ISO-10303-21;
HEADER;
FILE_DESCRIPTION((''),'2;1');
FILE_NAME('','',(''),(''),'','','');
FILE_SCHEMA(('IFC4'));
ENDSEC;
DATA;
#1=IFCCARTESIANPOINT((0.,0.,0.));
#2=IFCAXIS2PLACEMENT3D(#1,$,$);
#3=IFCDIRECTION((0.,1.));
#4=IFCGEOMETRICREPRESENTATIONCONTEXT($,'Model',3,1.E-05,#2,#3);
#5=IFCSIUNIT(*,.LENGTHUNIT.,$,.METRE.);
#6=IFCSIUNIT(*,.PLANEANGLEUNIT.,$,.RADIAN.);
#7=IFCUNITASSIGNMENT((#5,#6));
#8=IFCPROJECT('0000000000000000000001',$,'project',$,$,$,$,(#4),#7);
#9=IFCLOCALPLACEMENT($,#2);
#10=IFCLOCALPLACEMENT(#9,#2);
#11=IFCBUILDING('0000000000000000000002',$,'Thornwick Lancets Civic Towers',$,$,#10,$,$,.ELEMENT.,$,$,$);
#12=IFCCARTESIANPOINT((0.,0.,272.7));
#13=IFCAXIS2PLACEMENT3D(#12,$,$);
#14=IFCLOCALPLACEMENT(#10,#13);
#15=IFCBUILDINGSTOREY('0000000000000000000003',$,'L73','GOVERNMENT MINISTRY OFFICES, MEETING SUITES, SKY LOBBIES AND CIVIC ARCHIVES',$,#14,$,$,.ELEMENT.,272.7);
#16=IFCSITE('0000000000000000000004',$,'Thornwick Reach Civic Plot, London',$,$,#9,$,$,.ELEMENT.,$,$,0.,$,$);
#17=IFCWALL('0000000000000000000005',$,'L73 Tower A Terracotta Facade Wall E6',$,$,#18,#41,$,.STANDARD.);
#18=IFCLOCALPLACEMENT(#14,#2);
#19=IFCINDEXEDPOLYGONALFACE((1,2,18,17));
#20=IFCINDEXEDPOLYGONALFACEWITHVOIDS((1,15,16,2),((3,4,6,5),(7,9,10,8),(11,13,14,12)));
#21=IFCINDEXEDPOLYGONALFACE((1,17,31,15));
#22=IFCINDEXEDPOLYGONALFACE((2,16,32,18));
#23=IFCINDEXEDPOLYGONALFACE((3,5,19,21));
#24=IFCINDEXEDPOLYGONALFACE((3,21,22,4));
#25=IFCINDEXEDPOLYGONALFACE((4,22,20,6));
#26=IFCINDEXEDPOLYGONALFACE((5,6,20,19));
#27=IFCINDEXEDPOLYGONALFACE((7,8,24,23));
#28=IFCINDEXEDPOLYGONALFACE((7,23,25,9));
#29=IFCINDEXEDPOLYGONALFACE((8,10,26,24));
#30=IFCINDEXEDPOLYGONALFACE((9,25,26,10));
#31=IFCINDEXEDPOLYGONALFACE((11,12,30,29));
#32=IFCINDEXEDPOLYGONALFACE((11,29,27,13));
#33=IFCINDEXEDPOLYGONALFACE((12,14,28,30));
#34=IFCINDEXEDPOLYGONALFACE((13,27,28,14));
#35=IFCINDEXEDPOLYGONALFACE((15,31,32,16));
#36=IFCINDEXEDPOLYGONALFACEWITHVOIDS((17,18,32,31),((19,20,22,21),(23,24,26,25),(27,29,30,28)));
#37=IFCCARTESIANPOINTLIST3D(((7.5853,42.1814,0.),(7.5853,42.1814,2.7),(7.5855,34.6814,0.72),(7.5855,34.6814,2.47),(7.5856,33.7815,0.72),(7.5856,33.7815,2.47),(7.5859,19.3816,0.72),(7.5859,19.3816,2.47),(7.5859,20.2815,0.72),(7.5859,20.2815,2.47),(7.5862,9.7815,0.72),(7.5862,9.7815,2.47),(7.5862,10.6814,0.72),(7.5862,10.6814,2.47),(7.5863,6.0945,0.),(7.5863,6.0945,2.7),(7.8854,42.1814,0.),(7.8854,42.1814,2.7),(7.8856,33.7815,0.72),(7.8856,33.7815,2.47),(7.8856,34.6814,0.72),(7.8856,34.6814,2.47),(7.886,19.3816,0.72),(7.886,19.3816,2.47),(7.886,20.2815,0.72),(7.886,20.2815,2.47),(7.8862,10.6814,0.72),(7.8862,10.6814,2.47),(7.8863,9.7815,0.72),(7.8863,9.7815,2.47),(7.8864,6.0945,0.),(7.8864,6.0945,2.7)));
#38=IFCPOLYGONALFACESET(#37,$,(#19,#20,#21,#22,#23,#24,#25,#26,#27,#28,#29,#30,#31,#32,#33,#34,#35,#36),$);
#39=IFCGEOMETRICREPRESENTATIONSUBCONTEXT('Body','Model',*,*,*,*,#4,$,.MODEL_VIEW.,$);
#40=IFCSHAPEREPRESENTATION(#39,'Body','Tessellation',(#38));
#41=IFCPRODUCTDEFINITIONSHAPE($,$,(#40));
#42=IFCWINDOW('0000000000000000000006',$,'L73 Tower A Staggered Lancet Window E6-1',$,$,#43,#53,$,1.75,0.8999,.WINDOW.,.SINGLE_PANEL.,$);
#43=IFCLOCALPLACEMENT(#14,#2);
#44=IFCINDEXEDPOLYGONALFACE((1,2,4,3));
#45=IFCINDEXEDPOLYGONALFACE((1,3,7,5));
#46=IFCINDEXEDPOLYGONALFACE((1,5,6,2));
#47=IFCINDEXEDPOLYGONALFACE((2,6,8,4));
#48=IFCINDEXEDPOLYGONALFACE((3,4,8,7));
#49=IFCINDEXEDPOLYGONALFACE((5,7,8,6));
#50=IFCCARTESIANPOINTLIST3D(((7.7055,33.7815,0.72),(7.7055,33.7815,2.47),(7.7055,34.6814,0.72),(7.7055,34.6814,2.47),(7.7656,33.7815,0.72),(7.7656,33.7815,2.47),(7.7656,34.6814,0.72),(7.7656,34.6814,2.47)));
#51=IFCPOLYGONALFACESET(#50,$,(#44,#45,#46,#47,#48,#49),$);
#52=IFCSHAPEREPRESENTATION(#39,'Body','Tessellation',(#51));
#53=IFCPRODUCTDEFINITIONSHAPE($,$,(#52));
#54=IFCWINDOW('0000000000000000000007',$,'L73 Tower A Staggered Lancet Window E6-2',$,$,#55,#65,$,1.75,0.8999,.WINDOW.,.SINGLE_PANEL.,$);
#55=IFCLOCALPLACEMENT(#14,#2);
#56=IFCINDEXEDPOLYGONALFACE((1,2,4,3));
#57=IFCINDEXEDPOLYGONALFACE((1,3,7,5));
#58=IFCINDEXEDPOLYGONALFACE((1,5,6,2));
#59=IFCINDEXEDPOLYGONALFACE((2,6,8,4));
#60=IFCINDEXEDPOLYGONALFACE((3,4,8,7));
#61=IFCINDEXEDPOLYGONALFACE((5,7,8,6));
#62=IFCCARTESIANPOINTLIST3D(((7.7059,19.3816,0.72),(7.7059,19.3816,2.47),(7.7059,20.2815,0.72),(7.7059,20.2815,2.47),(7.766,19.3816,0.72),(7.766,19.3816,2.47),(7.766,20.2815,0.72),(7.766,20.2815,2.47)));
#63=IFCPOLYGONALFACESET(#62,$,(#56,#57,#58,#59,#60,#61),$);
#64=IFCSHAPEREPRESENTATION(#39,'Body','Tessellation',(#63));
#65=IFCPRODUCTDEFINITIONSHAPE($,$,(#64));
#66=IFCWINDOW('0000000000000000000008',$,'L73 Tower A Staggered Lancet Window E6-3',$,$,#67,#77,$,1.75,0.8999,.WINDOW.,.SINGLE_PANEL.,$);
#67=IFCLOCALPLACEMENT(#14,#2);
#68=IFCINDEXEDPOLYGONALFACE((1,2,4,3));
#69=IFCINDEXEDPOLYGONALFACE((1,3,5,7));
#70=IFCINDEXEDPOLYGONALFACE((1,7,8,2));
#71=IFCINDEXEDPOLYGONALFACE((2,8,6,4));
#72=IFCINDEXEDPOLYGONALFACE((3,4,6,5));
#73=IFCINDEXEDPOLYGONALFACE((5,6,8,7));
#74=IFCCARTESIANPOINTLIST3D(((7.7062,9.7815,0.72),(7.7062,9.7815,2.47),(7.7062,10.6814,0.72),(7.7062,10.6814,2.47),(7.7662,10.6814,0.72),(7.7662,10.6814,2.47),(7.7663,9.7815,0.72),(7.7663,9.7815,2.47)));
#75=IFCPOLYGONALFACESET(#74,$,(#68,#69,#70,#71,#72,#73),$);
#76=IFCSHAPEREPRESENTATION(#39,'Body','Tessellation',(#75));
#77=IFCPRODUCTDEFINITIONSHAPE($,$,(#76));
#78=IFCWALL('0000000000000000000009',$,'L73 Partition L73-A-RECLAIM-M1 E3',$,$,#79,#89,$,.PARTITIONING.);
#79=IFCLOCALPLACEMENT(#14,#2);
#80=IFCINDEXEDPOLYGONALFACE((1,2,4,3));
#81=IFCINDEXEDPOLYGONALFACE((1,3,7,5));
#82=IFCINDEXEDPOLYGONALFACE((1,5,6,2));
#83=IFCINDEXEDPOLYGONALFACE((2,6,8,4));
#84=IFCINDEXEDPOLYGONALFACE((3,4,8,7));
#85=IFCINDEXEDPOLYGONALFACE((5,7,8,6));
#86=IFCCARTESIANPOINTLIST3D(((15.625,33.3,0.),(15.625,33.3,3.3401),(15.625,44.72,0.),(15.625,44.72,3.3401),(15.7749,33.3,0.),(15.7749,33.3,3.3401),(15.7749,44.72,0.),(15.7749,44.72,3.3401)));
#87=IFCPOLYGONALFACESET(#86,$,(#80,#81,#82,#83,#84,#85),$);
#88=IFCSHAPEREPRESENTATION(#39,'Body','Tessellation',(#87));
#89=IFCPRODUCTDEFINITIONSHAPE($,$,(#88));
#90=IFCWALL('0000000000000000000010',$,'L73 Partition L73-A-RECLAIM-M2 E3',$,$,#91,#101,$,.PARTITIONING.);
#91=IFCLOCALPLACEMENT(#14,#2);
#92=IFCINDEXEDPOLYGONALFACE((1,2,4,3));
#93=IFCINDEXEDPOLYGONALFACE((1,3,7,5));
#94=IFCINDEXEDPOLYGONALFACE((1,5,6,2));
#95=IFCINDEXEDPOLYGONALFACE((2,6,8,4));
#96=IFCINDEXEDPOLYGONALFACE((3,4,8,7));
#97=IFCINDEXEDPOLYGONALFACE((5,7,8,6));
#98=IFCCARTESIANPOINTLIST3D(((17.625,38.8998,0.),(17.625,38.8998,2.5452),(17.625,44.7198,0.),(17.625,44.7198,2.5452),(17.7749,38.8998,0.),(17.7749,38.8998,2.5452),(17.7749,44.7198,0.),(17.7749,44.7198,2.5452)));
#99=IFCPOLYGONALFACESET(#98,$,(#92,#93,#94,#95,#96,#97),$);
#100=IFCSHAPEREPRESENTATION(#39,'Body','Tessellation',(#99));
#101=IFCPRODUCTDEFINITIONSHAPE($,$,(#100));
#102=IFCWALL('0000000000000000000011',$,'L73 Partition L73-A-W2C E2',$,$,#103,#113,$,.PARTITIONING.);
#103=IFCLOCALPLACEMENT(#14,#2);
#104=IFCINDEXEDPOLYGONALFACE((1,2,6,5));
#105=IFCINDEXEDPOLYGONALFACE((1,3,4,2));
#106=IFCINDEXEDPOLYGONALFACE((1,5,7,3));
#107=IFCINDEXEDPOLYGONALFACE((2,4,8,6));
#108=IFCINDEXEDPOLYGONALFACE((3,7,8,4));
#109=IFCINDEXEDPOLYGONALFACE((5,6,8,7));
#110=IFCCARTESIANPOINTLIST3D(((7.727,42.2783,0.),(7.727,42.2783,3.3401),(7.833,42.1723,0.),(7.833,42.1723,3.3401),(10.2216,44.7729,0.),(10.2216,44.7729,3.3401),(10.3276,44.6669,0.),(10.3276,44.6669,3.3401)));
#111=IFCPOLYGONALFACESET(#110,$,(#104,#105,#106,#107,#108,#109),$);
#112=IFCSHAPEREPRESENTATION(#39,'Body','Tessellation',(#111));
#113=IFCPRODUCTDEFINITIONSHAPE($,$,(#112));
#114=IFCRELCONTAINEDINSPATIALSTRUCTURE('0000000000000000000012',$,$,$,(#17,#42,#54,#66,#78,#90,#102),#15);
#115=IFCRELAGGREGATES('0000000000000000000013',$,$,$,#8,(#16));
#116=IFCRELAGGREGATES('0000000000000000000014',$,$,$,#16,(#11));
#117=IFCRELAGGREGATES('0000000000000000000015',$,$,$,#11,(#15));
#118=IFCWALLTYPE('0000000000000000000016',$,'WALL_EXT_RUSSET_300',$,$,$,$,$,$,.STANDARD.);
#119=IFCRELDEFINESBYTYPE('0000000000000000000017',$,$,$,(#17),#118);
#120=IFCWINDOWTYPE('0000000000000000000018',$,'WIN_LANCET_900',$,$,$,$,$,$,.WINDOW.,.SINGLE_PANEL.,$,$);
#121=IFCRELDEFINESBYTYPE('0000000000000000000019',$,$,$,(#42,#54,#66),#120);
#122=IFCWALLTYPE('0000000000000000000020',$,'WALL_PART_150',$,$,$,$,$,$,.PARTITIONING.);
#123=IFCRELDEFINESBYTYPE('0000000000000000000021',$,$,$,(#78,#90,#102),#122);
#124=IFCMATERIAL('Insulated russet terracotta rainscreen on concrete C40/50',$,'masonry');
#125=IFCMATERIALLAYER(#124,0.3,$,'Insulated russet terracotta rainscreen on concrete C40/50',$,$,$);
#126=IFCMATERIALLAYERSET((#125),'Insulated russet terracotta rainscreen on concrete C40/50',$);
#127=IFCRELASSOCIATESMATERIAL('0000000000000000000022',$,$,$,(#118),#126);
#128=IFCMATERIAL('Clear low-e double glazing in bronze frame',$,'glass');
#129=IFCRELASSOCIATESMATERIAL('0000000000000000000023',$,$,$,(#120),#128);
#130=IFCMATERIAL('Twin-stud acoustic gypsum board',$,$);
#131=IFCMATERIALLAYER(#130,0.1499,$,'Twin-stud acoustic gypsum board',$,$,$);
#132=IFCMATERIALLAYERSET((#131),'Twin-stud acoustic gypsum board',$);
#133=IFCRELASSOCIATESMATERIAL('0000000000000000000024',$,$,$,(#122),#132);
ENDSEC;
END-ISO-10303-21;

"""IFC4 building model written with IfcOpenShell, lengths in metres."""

from ifc_helpers import new_model, si_unit, direction, frame, frame_2d, origin, place, context, subcontext, project, spatial, rectangle, extrude, material, layer, layer_set, type_object, element, fill, save


model = new_model("IFC4")

# Units and contexts
model_context = context("Model", 3, precision=1e-05, world=origin(), true_north=direction((0.0, 1.0)))
body_context = subcontext(model_context, "Body", "Model", "MODEL_VIEW")
ifc_project = project(units=[si_unit("LENGTHUNIT", "METRE"), si_unit("PLANEANGLEUNIT", "RADIAN")], contexts=[model_context])

# Site, building, storey
site_placement = place(None, origin())
site = spatial("IfcSite", under=ifc_project, at=site_placement, Name="Thornwick Reach Civic Plot, London", CompositionType="ELEMENT", RefElevation=0.0)
building_placement = place(site_placement, origin())
building = spatial("IfcBuilding", under=site, at=building_placement, Name="Thornwick Lancets Civic Towers", CompositionType="ELEMENT")
storey_placement = place(building_placement, frame((0.0, 0.0, 272.7)))
storey = spatial("IfcBuildingStorey", under=building, at=storey_placement, Name="L73", Description="GOVERNMENT MINISTRY OFFICES, MEETING SUITES, SKY LOBBIES AND CIVIC ARCHIVES", CompositionType="ELEMENT", Elevation=272.7)

# Wall, openings, windows
ifc_material_1 = material(Name="Insulated russet terracotta rainscreen on concrete C40/50", Category="masonry")
ifc_layer_1 = layer(ifc_material_1, 0.3, Name="Insulated russet terracotta rainscreen on concrete C40/50")
ifc_layer_set_1 = layer_set([ifc_layer_1], Name="Insulated russet terracotta rainscreen on concrete C40/50")
wall_type_1 = type_object("IfcWallType", Name="WALL_EXT_RUSSET_300", PredefinedType="STANDARD", material=ifc_layer_set_1)
wall_1_placement = place(storey_placement, frame((7.7354, 42.1814, 0.0), z_axis=(0.0, 0.0, 1.0), x_axis=(0.000027, -1.0, 0.0)))
wall_1 = element("IfcWall", 1, at=wall_1_placement, inside=storey, type_object=wall_type_1, Name="L73 Tower A Terracotta Facade Wall E6", PredefinedType="STANDARD", context=body_context, shape_type="SweptSolid", body=[
    extrude(rectangle(XDim=36.0869, YDim=0.3, at=frame_2d((18.0435, 0.0))), origin(), (0.0, 0.0, 1.0), 2.7),
])
opening_1_placement = place(wall_1_placement, frame((7.5, 0.0, 0.72)))
opening_1 = element("IfcOpeningElement", 2, at=opening_1_placement, cuts=wall_1, PredefinedType="OPENING", context=body_context, shape_type="SweptSolid", body=[
    extrude(rectangle(XDim=0.8999, YDim=1.75, at=frame_2d((0.45, 0.875))), frame((0.0, 0.1602, 0.0), z_axis=(0.0, -1.0, 0.0), x_axis=(1.0, 0.0, 0.0)), (0.0, 0.0, 1.0), 0.3201),
])
opening_2_placement = place(wall_1_placement, frame((21.8999, 0.0, 0.72)))
opening_2 = element("IfcOpeningElement", 3, at=opening_2_placement, cuts=wall_1, PredefinedType="OPENING", context=body_context, shape_type="SweptSolid", body=[
    extrude(rectangle(XDim=0.8999, YDim=1.75, at=frame_2d((0.45, 0.875))), frame((0.0, 0.1602, 0.0), z_axis=(0.0, -1.0, 0.0), x_axis=(1.0, 0.0, 0.0)), (0.0, 0.0, 1.0), 0.3201),
])
opening_3_placement = place(wall_1_placement, frame((31.5, 0.0, 0.72)))
opening_3 = element("IfcOpeningElement", 4, at=opening_3_placement, cuts=wall_1, PredefinedType="OPENING", context=body_context, shape_type="SweptSolid", body=[
    extrude(rectangle(XDim=0.8999, YDim=1.75, at=frame_2d((0.45, 0.875))), frame((0.0, 0.1602, 0.0), z_axis=(0.0, -1.0, 0.0), x_axis=(1.0, 0.0, 0.0)), (0.0, 0.0, 1.0), 0.3201),
])
ifc_material_2 = material(Name="Clear low-e double glazing in bronze frame", Category="glass")
window_type = type_object("IfcWindowType", Name="WIN_LANCET_900", PartitioningType="SINGLE_PANEL", PredefinedType="WINDOW", material=ifc_material_2)
window_1_placement = place(opening_1_placement, origin())
window_1 = element("IfcWindow", 5, at=window_1_placement, inside=storey, type_object=window_type, Name="L73 Tower A Staggered Lancet Window E6-1", OverallHeight=1.75, OverallWidth=0.8999, PartitioningType="SINGLE_PANEL", PredefinedType="WINDOW", context=body_context, shape_type="SweptSolid", body=[
    extrude(rectangle(XDim=0.8999, YDim=1.75, at=frame_2d((0.45, 0.875))), frame((0.0, 0.03, 0.0), z_axis=(0.0, -1.0, 0.0), x_axis=(1.0, 0.0, 0.0)), (0.0, 0.0, 1.0), 0.0601),
])
fill(opening_1, window_1)
window_2_placement = place(opening_2_placement, origin())
window_2 = element("IfcWindow", 6, at=window_2_placement, inside=storey, type_object=window_type, Name="L73 Tower A Staggered Lancet Window E6-2", OverallHeight=1.75, OverallWidth=0.8999, PartitioningType="SINGLE_PANEL", PredefinedType="WINDOW", context=body_context, shape_type="SweptSolid", body=[
    extrude(rectangle(XDim=0.8999, YDim=1.75, at=frame_2d((0.45, 0.875))), frame((0.0, 0.03, 0.0), z_axis=(0.0, -1.0, 0.0), x_axis=(1.0, 0.0, 0.0)), (0.0, 0.0, 1.0), 0.0601),
])
fill(opening_2, window_2)
window_3_placement = place(opening_3_placement, origin())
window_3 = element("IfcWindow", 7, at=window_3_placement, inside=storey, type_object=window_type, Name="L73 Tower A Staggered Lancet Window E6-3", OverallHeight=1.75, OverallWidth=0.8999, PartitioningType="SINGLE_PANEL", PredefinedType="WINDOW", context=body_context, shape_type="SweptSolid", body=[
    extrude(rectangle(XDim=0.8999, YDim=1.75, at=frame_2d((0.45, 0.875))), frame((0.0, 0.03, 0.0), z_axis=(0.0, -1.0, 0.0), x_axis=(1.0, 0.0, 0.0)), (0.0, 0.0, 1.0), 0.0601),
])
fill(opening_3, window_3)

# Walls
ifc_material_3 = material(Name="Twin-stud acoustic gypsum board")
ifc_layer_2 = layer(ifc_material_3, 0.1499, Name="Twin-stud acoustic gypsum board")
ifc_layer_set_2 = layer_set([ifc_layer_2], Name="Twin-stud acoustic gypsum board")
wall_type_2 = type_object("IfcWallType", Name="WALL_PART_150", PredefinedType="PARTITIONING", material=ifc_layer_set_2)
wall_2_placement = place(storey_placement, frame((15.7, 44.72, 0.0), z_axis=(0.0, 0.0, 1.0), x_axis=(0.0, -1.0, 0.0)))
element("IfcWall", 8, at=wall_2_placement, inside=storey, type_object=wall_type_2, Name="L73 Partition L73-A-RECLAIM-M1 E3", PredefinedType="PARTITIONING", context=body_context, shape_type="SweptSolid", body=[
    extrude(rectangle(XDim=11.4199, YDim=0.1499, at=frame_2d((5.71, 0.0))), origin(), (0.0, 0.0, 1.0), 3.3401),
])
wall_3_placement = place(storey_placement, frame((17.7, 44.72, 0.0), z_axis=(0.0, 0.0, 1.0), x_axis=(0.0, -1.0, 0.0)))
element("IfcWall", 9, at=wall_3_placement, inside=storey, type_object=wall_type_2, Name="L73 Partition L73-A-RECLAIM-M2 E3", PredefinedType="PARTITIONING", context=body_context, shape_type="SweptSolid", body=[
    extrude(rectangle(XDim=5.8201, YDim=0.1499, at=frame_2d((2.9102, 0.0))), origin(), (0.0, 0.0, 1.0), 2.5452),
])
wall_4_placement = place(storey_placement, frame((7.78, 42.2253, 0.0), z_axis=(0.0, 0.0, 1.0), x_axis=(0.707107, 0.707107, 0.0)))
element("IfcWall", 10, at=wall_4_placement, inside=storey, type_object=wall_type_2, Name="L73 Partition L73-A-W2C E2", PredefinedType="PARTITIONING", context=body_context, shape_type="SweptSolid", body=[
    extrude(rectangle(XDim=3.5278, YDim=0.1499, at=frame_2d((1.7639, 0.0))), origin(), (0.0, 0.0, 1.0), 3.3401),
])

save(model, "model.ifc")
